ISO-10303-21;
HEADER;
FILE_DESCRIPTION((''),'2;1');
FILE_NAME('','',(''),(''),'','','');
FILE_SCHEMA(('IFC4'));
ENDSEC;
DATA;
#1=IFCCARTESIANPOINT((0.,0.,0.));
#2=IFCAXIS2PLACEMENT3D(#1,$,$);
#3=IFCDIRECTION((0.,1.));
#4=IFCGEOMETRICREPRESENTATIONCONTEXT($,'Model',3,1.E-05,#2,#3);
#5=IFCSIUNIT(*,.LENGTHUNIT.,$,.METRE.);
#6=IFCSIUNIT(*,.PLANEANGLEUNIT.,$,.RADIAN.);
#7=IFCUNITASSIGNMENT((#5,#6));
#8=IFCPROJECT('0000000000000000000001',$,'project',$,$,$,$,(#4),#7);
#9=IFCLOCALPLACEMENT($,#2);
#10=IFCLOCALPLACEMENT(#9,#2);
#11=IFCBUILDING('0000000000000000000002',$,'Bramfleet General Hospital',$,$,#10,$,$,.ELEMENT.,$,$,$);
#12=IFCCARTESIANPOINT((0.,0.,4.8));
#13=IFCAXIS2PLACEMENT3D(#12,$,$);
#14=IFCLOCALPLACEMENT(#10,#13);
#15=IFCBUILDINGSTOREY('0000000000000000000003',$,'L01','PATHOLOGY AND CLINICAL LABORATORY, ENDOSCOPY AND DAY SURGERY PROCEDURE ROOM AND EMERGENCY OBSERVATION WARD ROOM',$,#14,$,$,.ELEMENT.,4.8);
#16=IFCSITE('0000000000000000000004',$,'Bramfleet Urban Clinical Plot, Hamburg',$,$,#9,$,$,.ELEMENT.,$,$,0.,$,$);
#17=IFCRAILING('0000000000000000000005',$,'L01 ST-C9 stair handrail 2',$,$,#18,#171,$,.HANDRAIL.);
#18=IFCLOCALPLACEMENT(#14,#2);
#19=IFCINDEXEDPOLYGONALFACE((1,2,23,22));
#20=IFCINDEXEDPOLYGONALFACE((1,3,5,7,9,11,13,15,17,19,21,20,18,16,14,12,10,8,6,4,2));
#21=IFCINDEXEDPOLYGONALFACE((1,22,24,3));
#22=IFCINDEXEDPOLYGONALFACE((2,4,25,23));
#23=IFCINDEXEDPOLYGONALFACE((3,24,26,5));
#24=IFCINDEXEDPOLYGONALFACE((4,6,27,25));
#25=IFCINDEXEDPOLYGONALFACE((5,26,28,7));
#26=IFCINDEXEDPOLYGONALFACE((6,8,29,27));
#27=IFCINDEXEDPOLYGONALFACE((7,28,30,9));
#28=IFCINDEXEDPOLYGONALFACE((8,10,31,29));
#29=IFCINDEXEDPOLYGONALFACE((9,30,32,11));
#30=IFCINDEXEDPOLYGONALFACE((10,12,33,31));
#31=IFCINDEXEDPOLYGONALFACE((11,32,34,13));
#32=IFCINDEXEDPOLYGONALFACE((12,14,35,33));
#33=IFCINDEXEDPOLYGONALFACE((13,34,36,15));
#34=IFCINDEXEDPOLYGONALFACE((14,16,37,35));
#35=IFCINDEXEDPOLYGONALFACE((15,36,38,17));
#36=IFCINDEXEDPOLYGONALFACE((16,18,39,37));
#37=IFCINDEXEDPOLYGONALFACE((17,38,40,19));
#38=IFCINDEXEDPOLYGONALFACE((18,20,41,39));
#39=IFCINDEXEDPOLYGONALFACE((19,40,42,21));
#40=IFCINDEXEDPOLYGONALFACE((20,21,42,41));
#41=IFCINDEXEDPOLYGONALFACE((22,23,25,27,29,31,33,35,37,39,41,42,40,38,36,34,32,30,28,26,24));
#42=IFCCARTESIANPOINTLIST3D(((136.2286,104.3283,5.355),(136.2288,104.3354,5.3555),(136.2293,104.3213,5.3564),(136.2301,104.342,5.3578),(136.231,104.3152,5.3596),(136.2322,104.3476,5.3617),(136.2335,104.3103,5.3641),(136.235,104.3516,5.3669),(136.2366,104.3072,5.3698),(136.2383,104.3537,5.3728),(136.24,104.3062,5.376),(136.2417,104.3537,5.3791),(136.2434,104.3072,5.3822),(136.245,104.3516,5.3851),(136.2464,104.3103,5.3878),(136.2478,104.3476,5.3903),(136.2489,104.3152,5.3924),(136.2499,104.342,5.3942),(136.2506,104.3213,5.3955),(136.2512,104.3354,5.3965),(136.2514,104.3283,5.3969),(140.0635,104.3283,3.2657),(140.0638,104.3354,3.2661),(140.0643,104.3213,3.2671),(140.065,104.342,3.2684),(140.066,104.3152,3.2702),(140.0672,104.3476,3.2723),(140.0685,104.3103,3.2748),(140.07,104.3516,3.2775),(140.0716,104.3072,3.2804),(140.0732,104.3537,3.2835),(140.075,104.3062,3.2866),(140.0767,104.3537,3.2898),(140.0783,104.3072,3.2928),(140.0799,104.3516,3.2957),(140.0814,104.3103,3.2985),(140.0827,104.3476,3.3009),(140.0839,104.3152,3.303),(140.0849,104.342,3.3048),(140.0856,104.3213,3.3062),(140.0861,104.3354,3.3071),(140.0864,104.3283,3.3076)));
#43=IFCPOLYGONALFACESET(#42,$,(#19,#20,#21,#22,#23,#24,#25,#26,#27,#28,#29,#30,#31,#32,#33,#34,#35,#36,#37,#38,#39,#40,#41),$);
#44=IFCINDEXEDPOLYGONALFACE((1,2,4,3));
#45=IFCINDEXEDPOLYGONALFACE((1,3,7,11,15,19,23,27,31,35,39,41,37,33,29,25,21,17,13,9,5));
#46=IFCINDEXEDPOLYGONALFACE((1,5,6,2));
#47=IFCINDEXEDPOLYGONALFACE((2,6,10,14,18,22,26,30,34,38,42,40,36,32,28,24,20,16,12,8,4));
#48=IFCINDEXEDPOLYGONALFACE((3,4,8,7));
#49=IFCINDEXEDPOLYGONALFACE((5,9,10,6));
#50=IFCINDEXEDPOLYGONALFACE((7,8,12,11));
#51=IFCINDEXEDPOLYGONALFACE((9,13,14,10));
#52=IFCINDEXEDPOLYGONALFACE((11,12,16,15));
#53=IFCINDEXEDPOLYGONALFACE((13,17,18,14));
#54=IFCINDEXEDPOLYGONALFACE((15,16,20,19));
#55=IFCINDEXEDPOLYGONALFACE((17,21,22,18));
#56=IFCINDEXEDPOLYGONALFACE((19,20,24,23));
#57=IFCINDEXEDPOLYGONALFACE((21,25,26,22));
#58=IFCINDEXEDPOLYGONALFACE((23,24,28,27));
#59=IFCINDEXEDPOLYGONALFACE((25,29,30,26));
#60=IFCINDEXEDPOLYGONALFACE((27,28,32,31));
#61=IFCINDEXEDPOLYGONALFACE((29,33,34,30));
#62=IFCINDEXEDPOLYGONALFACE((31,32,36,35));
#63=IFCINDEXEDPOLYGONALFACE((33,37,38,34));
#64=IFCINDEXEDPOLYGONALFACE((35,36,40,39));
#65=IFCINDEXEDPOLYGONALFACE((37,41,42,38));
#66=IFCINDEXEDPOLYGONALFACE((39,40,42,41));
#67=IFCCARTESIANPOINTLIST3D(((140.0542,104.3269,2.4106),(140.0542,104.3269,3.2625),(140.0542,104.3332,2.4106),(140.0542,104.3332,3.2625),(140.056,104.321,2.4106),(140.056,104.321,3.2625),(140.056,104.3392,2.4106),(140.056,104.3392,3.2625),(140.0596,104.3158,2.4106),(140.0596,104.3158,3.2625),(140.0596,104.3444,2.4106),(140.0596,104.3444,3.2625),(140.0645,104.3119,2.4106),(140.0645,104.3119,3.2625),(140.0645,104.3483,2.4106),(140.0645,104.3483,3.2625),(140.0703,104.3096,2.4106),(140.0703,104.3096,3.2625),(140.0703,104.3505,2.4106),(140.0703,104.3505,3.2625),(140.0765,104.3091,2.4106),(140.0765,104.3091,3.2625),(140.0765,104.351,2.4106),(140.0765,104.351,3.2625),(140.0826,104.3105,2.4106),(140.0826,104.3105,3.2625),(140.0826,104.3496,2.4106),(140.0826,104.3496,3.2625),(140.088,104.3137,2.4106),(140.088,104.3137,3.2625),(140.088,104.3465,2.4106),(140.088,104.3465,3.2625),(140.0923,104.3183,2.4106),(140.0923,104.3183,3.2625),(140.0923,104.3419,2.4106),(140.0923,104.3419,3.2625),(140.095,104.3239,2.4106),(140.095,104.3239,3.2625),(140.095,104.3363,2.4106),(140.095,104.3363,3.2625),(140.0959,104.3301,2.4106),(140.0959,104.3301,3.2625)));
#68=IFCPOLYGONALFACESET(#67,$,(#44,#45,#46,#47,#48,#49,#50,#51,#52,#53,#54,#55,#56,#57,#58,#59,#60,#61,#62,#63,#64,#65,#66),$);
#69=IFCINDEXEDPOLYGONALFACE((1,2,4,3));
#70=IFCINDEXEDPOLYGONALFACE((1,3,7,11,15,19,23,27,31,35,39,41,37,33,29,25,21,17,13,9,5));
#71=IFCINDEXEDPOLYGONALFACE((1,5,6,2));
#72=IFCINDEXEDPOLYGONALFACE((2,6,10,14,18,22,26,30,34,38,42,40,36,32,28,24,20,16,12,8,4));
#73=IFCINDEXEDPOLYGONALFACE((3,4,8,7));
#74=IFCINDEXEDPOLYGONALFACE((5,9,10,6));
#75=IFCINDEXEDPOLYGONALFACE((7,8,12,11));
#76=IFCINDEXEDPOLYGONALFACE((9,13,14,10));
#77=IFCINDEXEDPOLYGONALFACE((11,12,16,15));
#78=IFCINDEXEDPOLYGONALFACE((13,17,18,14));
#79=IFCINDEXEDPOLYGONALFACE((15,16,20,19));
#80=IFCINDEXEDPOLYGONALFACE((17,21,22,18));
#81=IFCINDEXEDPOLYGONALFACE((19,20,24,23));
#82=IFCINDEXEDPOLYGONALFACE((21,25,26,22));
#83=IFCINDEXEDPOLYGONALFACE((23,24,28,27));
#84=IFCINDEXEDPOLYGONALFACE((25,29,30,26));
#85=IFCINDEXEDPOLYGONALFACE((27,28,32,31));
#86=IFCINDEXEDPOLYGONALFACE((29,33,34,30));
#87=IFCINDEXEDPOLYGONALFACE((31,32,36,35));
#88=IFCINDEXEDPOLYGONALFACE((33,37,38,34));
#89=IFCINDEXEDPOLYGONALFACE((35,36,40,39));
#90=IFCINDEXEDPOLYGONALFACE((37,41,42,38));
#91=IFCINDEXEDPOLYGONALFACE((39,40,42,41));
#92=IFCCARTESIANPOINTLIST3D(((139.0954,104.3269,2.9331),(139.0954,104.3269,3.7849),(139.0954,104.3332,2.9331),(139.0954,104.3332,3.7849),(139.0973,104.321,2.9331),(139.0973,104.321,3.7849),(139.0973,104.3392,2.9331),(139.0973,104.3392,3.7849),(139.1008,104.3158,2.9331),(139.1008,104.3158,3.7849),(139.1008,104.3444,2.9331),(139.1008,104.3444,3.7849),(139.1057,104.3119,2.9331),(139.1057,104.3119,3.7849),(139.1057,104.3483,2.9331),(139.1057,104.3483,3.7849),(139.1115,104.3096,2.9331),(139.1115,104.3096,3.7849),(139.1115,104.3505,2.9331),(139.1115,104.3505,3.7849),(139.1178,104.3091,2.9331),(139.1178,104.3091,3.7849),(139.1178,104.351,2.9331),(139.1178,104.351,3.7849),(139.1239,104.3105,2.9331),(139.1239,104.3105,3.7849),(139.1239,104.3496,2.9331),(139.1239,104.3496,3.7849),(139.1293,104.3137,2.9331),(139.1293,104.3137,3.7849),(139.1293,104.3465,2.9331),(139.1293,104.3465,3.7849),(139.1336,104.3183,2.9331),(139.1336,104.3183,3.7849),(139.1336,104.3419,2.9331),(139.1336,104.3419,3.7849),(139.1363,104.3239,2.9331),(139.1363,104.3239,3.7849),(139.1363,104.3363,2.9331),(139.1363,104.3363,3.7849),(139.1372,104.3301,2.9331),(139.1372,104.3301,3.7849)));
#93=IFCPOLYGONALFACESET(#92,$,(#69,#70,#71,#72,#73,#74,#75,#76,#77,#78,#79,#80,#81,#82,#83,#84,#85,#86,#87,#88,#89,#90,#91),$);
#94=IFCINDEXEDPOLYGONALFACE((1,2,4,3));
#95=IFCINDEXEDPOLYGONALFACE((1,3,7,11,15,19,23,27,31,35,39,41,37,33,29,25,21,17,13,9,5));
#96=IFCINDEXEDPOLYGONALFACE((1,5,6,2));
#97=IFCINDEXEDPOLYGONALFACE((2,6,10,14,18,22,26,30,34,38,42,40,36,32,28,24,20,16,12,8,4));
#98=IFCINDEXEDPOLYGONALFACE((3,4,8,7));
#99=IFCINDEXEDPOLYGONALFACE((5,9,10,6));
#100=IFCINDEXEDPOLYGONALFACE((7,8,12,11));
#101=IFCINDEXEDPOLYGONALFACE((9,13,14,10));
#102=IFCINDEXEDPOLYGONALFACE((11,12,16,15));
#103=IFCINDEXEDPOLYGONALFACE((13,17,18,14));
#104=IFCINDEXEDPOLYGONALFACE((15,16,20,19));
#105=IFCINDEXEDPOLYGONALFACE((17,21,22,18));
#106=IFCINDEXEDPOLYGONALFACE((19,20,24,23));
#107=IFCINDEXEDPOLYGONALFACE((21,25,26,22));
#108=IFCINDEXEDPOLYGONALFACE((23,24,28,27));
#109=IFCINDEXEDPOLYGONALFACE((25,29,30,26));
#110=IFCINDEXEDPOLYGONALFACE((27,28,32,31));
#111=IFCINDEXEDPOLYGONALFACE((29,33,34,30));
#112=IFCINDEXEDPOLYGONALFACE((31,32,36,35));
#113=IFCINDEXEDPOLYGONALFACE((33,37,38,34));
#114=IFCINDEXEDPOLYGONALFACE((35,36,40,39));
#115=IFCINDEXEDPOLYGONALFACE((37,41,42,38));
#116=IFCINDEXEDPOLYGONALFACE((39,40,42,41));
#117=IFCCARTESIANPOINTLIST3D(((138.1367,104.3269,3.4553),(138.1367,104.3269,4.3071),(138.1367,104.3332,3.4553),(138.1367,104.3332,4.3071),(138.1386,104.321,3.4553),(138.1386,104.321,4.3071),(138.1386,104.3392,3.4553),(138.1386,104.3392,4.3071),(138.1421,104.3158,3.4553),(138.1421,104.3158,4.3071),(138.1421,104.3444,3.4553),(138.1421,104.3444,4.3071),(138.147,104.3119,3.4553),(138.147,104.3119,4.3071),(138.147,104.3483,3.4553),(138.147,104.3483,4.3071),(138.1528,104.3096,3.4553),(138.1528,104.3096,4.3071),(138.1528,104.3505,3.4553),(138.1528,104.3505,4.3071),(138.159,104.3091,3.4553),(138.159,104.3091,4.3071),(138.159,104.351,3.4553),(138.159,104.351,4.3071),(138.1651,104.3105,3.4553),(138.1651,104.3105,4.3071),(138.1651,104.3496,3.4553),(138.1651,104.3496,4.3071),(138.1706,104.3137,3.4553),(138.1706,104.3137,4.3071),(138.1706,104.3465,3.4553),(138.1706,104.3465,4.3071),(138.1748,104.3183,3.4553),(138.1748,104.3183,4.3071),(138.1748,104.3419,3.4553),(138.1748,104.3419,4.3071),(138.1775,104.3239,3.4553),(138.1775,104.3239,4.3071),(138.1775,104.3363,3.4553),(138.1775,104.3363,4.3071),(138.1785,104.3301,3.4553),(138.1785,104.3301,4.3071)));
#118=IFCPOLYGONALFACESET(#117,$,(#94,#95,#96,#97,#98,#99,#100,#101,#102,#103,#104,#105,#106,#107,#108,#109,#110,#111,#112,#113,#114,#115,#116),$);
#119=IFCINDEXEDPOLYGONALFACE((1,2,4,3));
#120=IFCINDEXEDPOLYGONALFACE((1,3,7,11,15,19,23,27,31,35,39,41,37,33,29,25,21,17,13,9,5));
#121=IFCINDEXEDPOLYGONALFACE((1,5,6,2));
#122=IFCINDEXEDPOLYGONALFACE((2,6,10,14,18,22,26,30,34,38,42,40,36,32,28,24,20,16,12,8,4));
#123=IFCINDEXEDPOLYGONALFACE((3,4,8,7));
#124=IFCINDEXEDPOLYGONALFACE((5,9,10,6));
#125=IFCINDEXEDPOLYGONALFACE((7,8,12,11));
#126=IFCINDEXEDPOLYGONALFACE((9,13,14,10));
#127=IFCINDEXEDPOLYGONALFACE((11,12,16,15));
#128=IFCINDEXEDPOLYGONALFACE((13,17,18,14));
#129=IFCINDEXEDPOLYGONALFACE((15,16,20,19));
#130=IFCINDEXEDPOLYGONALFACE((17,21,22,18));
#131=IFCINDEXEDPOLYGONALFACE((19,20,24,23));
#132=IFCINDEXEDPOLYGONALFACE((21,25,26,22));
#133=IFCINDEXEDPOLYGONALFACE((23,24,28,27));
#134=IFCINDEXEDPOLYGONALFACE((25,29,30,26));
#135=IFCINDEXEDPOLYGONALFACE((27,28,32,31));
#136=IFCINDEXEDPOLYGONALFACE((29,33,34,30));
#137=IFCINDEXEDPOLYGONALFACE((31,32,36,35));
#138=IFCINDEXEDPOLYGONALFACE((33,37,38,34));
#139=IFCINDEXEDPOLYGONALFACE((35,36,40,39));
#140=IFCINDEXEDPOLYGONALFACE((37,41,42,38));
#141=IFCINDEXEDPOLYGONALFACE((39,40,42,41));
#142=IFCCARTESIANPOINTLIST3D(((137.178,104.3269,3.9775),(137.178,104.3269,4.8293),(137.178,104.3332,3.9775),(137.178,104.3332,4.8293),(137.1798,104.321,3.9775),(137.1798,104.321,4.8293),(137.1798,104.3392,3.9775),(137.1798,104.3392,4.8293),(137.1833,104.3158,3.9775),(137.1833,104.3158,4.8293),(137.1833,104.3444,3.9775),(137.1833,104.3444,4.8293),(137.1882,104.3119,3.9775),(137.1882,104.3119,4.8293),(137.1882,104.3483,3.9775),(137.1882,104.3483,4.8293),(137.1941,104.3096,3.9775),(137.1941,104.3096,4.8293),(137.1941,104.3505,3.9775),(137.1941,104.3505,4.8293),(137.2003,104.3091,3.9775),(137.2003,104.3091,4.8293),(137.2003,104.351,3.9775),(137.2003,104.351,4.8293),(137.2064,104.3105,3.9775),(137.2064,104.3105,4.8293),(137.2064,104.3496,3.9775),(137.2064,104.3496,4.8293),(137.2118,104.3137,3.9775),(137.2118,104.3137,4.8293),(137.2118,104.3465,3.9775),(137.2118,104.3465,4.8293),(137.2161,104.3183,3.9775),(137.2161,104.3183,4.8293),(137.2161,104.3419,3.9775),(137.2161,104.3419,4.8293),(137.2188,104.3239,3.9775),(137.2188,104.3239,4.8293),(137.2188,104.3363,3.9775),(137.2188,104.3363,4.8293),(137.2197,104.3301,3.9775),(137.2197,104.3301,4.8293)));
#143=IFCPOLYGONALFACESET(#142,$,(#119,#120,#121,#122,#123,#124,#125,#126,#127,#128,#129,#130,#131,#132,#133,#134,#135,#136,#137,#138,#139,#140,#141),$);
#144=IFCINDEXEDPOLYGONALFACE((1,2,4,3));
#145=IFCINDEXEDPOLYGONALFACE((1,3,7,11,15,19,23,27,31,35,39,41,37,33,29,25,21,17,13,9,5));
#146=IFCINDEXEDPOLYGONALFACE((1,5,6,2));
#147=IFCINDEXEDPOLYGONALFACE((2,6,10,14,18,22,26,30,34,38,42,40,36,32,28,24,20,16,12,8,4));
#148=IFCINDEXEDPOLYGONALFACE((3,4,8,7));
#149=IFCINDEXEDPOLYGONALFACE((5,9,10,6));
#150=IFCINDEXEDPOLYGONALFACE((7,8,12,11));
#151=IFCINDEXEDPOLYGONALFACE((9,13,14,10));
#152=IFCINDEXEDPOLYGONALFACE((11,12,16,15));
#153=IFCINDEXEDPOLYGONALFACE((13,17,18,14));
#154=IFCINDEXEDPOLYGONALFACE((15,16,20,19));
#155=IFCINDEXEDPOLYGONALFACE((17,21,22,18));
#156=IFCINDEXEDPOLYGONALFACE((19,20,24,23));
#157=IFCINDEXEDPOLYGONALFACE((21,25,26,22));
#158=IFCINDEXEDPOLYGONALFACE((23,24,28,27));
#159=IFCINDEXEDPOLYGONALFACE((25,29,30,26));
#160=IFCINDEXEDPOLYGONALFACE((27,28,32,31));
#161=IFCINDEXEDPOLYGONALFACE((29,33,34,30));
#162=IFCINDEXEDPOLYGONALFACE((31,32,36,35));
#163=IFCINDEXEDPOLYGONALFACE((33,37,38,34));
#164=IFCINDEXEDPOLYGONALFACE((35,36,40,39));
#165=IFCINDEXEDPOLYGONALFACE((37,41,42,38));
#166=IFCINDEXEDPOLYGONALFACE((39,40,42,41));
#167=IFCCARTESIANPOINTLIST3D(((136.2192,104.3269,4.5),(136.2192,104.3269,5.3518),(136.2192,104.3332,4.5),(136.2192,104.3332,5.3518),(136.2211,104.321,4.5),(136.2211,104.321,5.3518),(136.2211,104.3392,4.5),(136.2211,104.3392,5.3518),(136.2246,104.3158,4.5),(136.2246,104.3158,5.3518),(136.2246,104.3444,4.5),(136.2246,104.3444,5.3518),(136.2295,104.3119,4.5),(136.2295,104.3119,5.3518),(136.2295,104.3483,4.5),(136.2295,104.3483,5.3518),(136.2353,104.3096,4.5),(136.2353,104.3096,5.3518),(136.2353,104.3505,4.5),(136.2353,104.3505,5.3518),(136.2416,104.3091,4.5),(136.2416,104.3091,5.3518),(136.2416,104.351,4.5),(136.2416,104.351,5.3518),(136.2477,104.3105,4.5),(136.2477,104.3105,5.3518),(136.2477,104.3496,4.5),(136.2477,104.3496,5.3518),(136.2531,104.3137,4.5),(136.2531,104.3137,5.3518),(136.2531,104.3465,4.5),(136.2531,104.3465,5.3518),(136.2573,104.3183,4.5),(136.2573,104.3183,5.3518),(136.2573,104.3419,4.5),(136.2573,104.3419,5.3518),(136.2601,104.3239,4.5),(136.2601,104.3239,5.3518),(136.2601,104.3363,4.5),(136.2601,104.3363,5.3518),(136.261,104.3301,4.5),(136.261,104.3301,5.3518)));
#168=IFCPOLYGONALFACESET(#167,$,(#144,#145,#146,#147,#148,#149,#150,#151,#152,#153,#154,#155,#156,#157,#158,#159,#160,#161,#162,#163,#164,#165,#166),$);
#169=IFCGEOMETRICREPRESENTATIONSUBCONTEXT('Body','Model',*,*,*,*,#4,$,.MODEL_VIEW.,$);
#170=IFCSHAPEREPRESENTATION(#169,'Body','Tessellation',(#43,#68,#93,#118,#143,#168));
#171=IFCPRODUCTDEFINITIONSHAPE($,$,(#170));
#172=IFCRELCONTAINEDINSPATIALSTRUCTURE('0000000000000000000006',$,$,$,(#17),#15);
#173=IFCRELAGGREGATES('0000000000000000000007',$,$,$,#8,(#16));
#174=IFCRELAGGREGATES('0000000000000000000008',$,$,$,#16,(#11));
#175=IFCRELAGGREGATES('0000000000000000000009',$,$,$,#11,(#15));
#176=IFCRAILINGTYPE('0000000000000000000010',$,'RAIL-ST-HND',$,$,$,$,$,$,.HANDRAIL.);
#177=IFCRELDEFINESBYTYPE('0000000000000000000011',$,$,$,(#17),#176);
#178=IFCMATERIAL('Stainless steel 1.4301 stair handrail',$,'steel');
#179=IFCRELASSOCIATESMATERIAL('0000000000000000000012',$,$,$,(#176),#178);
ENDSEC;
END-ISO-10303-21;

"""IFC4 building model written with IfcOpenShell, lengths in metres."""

from ifc_helpers import new_model, si_unit, direction, frame, origin, origin_2d, place, context, subcontext, project, spatial, circle, extrude, material, type_object, element, save


model = new_model("IFC4")

# Units and contexts
model_context = context("Model", 3, precision=1e-05, world=origin(), true_north=direction((0.0, 1.0)))
body_context = subcontext(model_context, "Body", "Model", "MODEL_VIEW")
ifc_project = project(units=[si_unit("LENGTHUNIT", "METRE"), si_unit("PLANEANGLEUNIT", "RADIAN")], contexts=[model_context])

# Site, building, storey
site_placement = place(None, origin())
site = spatial("IfcSite", under=ifc_project, at=site_placement, Name="Bramfleet Urban Clinical Plot, Hamburg", CompositionType="ELEMENT", RefElevation=0.0)
building_placement = place(site_placement, origin())
building = spatial("IfcBuilding", under=site, at=building_placement, Name="Bramfleet General Hospital", CompositionType="ELEMENT")
storey_placement = place(building_placement, frame((0.0, 0.0, 4.8)))
storey = spatial("IfcBuildingStorey", under=building, at=storey_placement, Name="L01", Description="PATHOLOGY AND CLINICAL LABORATORY, ENDOSCOPY AND DAY SURGERY PROCEDURE ROOM AND EMERGENCY OBSERVATION WARD ROOM", CompositionType="ELEMENT", Elevation=4.8)

# Railing
ifc_material_1 = material(Name="Stainless steel 1.4301 stair handrail", Category="steel")
railing_type_1 = type_object("IfcRailingType", Name="RAIL-ST-HND", PredefinedType="HANDRAIL", material=ifc_material_1)
railing_1_placement = place(storey_placement, frame((140.075, 104.3301, 2.4106)))
element("IfcRailing", 1, at=railing_1_placement, inside=storey, type_object=railing_type_1, Name="L01 ST-C9 stair handrail 2", PredefinedType="HANDRAIL", context=body_context, shape_type="SweptSolid", body=[
    extrude(circle(Radius=0.0239, at=origin_2d()), frame((0.0, 0.0, 0.876), z_axis=(-0.87813, 0.0, 0.478421), x_axis=(0.0, -1.0, 0.0)), (0.0, 0.0, 1.0), 4.3672),
    extrude(circle(Radius=0.021, at=origin_2d()), origin(), (0.0, 0.0, 1.0), 0.8518),
    extrude(circle(Radius=0.021, at=origin_2d()), frame((-0.9587, 0.0, 0.5225)), (0.0, 0.0, 1.0), 0.8518),
    extrude(circle(Radius=0.021, at=origin_2d()), frame((-1.9175, 0.0, 1.0447)), (0.0, 0.0, 1.0), 0.8518),
    extrude(circle(Radius=0.021, at=origin_2d()), frame((-2.8762, 0.0, 1.5669)), (0.0, 0.0, 1.0), 0.8518),
    extrude(circle(Radius=0.021, at=origin_2d()), frame((-3.835, 0.0, 2.0894)), (0.0, 0.0, 1.0), 0.8518),
])

save(model, "model.ifc")
